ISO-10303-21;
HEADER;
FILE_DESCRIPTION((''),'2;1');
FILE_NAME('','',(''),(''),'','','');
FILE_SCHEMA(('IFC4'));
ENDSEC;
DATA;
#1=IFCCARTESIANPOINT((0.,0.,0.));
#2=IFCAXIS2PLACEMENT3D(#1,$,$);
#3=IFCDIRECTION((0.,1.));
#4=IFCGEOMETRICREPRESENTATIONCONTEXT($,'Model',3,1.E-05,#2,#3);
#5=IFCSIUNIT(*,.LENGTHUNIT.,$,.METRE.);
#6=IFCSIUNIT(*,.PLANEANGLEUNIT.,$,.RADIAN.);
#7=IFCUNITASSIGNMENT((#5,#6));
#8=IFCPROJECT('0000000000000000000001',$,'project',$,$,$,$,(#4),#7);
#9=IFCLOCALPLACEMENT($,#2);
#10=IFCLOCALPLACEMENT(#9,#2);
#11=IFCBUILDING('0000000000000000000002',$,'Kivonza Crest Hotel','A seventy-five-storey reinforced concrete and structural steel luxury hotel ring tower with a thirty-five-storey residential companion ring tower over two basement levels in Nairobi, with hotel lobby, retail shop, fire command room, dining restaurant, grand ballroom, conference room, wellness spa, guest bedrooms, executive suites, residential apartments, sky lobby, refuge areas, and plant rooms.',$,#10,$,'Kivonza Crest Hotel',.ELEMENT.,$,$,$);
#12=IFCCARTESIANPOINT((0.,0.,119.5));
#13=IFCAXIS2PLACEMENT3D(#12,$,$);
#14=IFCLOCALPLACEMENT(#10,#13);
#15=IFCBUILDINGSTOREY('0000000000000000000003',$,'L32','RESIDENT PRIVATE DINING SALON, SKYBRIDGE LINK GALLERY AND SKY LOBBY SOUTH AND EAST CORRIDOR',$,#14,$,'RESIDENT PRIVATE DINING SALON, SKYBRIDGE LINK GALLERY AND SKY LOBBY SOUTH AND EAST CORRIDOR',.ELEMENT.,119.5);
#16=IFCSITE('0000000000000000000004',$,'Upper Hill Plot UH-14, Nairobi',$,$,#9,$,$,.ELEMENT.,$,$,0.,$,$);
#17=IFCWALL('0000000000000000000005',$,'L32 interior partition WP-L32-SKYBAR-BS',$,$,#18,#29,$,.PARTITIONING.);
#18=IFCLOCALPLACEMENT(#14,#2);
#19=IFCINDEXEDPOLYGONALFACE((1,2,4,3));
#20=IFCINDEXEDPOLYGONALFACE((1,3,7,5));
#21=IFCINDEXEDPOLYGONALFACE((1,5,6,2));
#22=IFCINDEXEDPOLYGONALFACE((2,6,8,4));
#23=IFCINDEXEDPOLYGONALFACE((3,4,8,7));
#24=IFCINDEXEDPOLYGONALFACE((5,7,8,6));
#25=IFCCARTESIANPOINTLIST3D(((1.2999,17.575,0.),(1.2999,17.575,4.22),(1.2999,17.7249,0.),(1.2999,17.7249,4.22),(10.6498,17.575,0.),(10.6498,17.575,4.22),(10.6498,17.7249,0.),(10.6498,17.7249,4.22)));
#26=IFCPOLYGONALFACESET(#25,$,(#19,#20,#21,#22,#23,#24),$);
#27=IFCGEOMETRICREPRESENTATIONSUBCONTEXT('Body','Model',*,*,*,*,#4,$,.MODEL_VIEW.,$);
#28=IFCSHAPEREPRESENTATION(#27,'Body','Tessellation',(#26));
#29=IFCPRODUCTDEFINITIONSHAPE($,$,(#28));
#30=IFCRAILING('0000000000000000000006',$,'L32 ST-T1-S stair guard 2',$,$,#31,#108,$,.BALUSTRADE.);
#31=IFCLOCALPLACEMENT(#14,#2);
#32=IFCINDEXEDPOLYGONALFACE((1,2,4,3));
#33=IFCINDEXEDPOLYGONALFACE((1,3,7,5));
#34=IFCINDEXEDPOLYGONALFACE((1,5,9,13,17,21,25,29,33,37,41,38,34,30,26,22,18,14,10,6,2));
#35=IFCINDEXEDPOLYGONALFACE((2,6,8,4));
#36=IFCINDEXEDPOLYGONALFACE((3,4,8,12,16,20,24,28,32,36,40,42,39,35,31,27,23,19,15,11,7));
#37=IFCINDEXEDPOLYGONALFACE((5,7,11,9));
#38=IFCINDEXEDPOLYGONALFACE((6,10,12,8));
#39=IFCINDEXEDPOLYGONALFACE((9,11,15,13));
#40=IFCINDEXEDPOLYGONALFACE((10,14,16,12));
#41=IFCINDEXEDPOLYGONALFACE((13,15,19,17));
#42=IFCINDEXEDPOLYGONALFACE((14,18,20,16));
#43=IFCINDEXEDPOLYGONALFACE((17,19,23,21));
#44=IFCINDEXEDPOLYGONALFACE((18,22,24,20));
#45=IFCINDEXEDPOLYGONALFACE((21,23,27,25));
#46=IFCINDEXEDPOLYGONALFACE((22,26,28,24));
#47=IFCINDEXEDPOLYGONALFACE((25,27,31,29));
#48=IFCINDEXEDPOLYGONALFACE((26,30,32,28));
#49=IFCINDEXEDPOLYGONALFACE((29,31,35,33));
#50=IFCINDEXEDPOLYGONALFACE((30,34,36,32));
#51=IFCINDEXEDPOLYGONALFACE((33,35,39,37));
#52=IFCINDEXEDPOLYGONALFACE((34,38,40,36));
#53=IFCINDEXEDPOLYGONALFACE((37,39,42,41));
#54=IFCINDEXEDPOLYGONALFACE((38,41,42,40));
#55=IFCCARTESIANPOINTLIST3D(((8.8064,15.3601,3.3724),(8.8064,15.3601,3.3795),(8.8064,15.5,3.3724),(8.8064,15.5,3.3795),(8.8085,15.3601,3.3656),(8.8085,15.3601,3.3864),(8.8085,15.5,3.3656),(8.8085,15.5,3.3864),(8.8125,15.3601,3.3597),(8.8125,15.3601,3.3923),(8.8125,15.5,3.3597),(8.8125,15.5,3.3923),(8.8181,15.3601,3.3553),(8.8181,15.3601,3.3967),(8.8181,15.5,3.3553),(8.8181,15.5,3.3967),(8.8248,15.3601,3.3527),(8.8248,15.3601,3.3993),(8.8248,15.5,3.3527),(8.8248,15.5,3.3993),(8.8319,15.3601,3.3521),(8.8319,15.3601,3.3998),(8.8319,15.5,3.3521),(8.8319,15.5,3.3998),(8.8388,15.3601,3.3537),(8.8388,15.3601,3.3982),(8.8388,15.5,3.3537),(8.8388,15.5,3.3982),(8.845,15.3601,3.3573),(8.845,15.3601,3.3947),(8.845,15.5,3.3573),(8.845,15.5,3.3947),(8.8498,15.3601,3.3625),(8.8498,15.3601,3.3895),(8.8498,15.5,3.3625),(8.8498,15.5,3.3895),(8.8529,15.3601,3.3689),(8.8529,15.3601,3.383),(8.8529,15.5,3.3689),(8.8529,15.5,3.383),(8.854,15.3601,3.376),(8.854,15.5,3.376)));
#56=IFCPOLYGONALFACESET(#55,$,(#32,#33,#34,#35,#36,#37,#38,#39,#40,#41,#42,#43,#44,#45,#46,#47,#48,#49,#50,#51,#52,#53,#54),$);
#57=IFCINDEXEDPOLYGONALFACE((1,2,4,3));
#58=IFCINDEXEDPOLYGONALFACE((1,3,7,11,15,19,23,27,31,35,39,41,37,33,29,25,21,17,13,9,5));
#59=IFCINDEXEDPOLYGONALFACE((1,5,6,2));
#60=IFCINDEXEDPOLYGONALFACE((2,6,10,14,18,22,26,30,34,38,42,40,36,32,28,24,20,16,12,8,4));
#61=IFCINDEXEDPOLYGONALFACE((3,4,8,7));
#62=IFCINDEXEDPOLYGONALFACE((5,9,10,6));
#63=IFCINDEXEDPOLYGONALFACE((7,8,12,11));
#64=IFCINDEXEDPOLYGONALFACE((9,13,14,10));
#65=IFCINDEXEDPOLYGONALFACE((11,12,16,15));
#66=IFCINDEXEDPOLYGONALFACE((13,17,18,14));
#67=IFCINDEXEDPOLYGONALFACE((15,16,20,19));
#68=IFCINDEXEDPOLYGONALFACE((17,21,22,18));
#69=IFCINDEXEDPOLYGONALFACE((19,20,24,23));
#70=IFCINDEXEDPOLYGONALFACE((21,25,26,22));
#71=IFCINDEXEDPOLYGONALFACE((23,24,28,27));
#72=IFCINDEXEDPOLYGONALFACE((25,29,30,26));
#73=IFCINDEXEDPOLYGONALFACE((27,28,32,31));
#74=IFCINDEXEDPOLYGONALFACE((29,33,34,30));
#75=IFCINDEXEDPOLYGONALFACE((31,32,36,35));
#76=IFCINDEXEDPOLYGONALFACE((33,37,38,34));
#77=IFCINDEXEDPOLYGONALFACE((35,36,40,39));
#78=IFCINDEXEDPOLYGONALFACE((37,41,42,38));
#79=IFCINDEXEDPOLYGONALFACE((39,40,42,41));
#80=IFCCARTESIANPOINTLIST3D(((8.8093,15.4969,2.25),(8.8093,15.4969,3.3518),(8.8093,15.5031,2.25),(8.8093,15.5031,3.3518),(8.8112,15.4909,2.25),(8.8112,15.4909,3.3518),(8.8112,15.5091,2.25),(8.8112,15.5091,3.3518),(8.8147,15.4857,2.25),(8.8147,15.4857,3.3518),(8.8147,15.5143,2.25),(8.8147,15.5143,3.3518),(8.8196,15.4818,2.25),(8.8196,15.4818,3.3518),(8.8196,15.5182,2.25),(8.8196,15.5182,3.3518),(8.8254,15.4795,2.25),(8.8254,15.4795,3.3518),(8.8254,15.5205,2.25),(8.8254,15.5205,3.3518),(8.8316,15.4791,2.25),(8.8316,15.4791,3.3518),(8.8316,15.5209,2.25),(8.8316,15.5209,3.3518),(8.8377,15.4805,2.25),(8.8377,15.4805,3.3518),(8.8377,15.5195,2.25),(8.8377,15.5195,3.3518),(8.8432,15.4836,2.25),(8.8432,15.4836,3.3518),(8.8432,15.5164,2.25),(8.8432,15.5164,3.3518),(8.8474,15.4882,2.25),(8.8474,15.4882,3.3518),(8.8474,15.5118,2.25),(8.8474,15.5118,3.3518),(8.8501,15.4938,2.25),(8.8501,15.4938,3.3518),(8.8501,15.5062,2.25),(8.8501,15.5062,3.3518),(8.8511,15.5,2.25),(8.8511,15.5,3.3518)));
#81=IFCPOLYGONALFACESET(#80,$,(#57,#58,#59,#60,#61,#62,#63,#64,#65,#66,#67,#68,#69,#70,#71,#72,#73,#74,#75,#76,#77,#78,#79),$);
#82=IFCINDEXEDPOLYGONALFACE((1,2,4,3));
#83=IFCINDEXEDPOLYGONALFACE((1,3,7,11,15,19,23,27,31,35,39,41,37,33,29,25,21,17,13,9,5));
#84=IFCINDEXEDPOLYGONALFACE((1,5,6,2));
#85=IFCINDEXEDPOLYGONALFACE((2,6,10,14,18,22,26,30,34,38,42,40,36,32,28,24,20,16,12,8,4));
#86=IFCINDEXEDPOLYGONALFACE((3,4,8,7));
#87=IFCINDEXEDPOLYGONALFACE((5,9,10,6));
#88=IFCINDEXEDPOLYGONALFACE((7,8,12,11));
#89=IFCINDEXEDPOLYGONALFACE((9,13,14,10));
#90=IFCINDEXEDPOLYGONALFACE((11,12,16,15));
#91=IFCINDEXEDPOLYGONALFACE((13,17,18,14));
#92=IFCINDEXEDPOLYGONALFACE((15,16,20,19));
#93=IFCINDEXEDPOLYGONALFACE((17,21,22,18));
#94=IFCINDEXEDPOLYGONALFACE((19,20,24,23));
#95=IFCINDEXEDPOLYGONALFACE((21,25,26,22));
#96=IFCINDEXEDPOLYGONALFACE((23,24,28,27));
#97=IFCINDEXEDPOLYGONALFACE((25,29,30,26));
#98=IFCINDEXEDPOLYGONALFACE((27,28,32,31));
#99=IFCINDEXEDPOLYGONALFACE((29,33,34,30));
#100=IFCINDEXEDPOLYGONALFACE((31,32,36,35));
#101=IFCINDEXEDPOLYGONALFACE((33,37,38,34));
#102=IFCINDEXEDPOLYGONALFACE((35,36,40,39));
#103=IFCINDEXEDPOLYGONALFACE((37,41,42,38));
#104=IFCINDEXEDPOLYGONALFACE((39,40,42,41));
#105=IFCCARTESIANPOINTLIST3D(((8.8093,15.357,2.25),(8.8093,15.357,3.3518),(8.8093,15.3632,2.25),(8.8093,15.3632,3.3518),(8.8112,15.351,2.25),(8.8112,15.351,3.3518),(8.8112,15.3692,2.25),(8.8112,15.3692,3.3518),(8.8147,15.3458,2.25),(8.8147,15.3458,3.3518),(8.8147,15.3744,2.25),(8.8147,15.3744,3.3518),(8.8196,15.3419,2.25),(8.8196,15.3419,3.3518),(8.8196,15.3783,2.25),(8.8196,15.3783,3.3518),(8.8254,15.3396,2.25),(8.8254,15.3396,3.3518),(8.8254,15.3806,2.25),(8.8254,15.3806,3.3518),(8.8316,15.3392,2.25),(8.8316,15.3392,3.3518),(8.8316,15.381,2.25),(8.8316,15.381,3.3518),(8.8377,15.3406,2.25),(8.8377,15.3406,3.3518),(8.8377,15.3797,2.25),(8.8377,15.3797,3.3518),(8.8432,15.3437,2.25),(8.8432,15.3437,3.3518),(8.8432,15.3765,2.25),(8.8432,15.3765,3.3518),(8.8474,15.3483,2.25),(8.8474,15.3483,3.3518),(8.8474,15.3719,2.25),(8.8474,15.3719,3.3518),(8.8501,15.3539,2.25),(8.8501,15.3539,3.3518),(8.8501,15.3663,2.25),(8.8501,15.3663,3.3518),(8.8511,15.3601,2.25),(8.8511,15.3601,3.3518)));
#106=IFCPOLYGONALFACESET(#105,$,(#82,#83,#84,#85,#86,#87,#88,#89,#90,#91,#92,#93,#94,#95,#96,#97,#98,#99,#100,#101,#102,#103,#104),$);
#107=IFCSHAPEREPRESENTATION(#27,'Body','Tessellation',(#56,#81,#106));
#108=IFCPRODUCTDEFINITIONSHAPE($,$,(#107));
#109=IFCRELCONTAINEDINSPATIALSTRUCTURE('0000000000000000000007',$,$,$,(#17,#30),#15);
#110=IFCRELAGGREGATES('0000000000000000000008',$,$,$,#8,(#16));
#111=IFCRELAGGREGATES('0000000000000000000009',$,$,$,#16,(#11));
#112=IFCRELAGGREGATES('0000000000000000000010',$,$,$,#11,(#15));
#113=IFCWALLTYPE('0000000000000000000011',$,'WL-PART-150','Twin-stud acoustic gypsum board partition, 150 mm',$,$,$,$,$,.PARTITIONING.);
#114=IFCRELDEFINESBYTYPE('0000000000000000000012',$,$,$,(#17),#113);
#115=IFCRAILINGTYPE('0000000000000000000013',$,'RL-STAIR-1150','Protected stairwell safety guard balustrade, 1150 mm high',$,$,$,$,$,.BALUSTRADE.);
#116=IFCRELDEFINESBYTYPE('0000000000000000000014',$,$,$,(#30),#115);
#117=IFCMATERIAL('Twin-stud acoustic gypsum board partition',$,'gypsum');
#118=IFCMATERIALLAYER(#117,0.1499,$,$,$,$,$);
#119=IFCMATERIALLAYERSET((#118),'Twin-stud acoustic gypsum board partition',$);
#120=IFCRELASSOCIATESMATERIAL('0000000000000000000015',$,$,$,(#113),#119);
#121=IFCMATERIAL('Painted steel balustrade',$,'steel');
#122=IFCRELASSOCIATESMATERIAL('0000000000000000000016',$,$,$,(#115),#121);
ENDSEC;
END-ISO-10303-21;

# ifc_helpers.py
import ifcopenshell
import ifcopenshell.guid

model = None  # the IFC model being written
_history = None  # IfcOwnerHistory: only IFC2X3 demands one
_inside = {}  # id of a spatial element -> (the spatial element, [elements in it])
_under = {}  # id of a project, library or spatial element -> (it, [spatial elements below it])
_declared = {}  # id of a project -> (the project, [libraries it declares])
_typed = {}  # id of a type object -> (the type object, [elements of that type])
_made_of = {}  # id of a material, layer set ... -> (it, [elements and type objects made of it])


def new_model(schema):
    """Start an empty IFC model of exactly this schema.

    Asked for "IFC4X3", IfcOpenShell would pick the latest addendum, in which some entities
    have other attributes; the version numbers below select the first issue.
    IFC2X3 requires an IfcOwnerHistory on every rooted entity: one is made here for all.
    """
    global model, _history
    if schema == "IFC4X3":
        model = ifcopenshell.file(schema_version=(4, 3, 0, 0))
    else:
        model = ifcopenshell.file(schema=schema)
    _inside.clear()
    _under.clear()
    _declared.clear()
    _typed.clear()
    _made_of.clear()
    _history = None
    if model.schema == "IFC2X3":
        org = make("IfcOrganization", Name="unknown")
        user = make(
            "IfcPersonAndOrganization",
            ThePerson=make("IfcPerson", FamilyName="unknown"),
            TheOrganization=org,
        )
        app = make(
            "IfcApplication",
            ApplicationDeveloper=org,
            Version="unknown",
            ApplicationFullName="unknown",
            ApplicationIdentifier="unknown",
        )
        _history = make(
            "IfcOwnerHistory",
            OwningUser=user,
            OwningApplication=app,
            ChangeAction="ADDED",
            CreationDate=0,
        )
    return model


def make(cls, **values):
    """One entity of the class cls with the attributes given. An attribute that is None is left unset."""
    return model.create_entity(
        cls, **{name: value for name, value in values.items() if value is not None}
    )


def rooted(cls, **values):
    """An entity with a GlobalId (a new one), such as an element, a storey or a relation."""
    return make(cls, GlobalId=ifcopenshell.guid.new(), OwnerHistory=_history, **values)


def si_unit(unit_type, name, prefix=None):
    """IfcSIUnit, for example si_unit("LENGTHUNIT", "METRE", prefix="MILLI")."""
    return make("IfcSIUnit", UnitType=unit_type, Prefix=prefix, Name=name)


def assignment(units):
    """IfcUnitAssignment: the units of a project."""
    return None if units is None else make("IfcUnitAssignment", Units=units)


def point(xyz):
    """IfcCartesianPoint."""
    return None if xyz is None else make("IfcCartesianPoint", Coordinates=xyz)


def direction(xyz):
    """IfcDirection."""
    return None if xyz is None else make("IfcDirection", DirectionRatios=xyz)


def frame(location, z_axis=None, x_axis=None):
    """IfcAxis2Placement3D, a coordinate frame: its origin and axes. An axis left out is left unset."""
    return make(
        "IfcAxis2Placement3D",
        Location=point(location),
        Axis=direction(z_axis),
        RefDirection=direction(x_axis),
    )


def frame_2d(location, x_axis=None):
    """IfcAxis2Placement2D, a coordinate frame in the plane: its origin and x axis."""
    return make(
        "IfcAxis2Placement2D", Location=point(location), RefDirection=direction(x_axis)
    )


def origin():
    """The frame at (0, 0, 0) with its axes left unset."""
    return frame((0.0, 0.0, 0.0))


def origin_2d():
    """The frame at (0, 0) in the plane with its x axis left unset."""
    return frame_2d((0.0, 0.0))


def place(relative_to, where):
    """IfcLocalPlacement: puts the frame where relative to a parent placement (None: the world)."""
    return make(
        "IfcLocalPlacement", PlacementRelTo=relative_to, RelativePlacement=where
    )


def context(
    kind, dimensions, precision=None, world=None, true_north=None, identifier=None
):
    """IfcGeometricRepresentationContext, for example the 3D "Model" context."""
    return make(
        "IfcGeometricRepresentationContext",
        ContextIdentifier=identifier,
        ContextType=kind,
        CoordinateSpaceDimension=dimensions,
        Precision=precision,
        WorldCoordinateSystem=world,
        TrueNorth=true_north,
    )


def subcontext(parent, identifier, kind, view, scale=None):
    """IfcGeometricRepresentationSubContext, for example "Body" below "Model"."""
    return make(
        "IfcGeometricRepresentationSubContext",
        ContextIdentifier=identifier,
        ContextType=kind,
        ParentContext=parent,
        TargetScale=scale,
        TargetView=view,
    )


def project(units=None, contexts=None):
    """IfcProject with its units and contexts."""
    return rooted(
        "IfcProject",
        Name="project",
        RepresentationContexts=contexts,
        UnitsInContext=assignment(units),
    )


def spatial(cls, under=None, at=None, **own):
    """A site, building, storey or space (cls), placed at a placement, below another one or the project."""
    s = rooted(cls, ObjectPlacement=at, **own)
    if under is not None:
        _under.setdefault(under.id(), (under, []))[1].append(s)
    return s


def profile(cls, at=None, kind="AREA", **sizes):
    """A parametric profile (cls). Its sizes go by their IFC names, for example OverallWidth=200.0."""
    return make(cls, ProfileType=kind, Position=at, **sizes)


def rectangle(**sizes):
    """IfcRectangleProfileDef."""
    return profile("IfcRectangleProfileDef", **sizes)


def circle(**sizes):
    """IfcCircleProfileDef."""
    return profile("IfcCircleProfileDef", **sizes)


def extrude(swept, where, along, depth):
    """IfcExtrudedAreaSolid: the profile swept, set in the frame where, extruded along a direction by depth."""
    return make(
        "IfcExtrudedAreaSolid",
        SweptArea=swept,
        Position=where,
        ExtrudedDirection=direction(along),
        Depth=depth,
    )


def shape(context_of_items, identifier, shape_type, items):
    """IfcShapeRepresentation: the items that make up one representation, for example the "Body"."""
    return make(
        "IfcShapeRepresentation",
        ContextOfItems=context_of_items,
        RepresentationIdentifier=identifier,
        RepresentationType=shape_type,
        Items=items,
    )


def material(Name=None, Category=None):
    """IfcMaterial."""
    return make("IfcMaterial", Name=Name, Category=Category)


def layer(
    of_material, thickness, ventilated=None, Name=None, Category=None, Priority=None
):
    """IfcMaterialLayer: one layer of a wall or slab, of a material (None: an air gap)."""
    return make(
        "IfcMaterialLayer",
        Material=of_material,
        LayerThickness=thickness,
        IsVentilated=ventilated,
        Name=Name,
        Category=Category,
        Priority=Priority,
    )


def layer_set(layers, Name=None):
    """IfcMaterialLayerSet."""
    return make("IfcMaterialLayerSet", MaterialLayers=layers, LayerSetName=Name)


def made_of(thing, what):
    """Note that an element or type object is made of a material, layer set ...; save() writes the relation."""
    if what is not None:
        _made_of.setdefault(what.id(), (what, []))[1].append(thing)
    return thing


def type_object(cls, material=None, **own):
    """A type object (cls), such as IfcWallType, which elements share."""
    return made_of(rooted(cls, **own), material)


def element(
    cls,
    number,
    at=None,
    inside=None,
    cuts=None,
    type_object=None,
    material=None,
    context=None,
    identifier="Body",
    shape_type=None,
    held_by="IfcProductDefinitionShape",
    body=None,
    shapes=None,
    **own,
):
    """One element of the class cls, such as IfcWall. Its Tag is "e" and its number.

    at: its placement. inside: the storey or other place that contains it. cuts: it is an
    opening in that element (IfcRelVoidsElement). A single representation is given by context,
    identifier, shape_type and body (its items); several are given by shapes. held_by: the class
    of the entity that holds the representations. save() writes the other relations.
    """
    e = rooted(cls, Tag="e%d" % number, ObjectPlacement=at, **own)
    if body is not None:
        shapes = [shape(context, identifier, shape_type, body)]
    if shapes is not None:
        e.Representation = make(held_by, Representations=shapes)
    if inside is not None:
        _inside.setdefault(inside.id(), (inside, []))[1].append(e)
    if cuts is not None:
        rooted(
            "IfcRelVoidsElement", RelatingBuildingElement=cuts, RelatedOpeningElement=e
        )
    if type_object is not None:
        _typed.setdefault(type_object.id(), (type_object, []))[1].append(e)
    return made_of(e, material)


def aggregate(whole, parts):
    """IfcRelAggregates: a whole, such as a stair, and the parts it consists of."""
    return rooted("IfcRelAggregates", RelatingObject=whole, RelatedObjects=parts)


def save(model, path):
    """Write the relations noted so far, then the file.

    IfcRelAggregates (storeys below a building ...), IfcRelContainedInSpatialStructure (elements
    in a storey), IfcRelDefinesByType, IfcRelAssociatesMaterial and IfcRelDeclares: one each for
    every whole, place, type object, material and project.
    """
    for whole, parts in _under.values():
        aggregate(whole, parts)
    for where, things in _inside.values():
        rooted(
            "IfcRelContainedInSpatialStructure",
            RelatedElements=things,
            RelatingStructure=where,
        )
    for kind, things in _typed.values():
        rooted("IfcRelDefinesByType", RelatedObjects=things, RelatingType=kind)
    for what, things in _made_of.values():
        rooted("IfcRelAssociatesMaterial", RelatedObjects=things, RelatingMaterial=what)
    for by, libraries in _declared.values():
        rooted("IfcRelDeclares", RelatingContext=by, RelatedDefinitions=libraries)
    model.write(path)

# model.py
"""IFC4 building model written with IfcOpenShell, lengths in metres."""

from ifc_helpers import new_model, si_unit, direction, frame, frame_2d, origin, origin_2d, place, context, subcontext, project, spatial, rectangle, circle, extrude, material, layer, layer_set, type_object, element, save


model = new_model("IFC4")

# Units and contexts
model_context = context("Model", 3, precision=1e-05, world=origin(), true_north=direction((0.0, 1.0)))
body_context = subcontext(model_context, "Body", "Model", "MODEL_VIEW")
ifc_project = project(units=[si_unit("LENGTHUNIT", "METRE"), si_unit("PLANEANGLEUNIT", "RADIAN")], contexts=[model_context])

# Site, building, storey
site_placement = place(None, origin())
site = spatial("IfcSite", under=ifc_project, at=site_placement, Name="Upper Hill Plot UH-14, Nairobi", CompositionType="ELEMENT", RefElevation=0.0)
building_placement = place(site_placement, origin())
building = spatial("IfcBuilding", under=site, at=building_placement, Name="Kivonza Crest Hotel", Description="A seventy-five-storey reinforced concrete and structural steel luxury hotel ring tower with a thirty-five-storey residential companion ring tower over two basement levels in Nairobi, with hotel lobby, retail shop, fire command room, dining restaurant, grand ballroom, conference room, wellness spa, guest bedrooms, executive suites, residential apartments, sky lobby, refuge areas, and plant rooms.", LongName="Kivonza Crest Hotel", CompositionType="ELEMENT")
storey_placement = place(building_placement, frame((0.0, 0.0, 119.5)))
storey = spatial("IfcBuildingStorey", under=building, at=storey_placement, Name="L32", Description="RESIDENT PRIVATE DINING SALON, SKYBRIDGE LINK GALLERY AND SKY LOBBY SOUTH AND EAST CORRIDOR", LongName="RESIDENT PRIVATE DINING SALON, SKYBRIDGE LINK GALLERY AND SKY LOBBY SOUTH AND EAST CORRIDOR", CompositionType="ELEMENT", Elevation=119.5)

# Wall
ifc_material_1 = material(Name="Twin-stud acoustic gypsum board partition", Category="gypsum")
ifc_layer_1 = layer(ifc_material_1, 0.1499)
ifc_layer_set_1 = layer_set([ifc_layer_1], Name="Twin-stud acoustic gypsum board partition")
wall_type_1 = type_object("IfcWallType", Name="WL-PART-150", Description="Twin-stud acoustic gypsum board partition, 150 mm", PredefinedType="PARTITIONING", material=ifc_layer_set_1)
wall_1_placement = place(storey_placement, frame((1.3, 17.6499, 0.0), z_axis=(0.0, 0.0, 1.0), x_axis=(1.0, 0.0, 0.0)))
element("IfcWall", 1, at=wall_1_placement, inside=storey, type_object=wall_type_1, Name="L32 interior partition WP-L32-SKYBAR-BS", PredefinedType="PARTITIONING", context=body_context, shape_type="SweptSolid", body=[
    extrude(rectangle(XDim=9.3499, YDim=0.1499, at=frame_2d((4.6748, 0.0))), origin(), (0.0, 0.0, 1.0), 4.22),
])

# Railing
ifc_material_2 = material(Name="Painted steel balustrade", Category="steel")
railing_type = type_object("IfcRailingType", Name="RL-STAIR-1150", Description="Protected stairwell safety guard balustrade, 1150 mm high", PredefinedType="BALUSTRADE", material=ifc_material_2)
railing_placement = place(storey_placement, frame((8.8301, 15.5, 2.25)))
element("IfcRailing", 2, at=railing_placement, inside=storey, type_object=railing_type, Name="L32 ST-T1-S stair guard 2", PredefinedType="BALUSTRADE", context=body_context, shape_type="SweptSolid", body=[
    extrude(circle(Radius=0.0239, at=origin_2d()), frame((0.0, 0.0, 1.126), z_axis=(0.0, -1.0, 0.0), x_axis=(1.0, 0.0, 0.0)), (0.0, 0.0, 1.0), 0.1399),
    extrude(circle(Radius=0.021, at=origin_2d()), origin(), (0.0, 0.0, 1.0), 1.1018),
    extrude(circle(Radius=0.021, at=origin_2d()), frame((0.0, -0.1399, 0.0)), (0.0, 0.0, 1.0), 1.1018),
])

save(model, "model.ifc")
